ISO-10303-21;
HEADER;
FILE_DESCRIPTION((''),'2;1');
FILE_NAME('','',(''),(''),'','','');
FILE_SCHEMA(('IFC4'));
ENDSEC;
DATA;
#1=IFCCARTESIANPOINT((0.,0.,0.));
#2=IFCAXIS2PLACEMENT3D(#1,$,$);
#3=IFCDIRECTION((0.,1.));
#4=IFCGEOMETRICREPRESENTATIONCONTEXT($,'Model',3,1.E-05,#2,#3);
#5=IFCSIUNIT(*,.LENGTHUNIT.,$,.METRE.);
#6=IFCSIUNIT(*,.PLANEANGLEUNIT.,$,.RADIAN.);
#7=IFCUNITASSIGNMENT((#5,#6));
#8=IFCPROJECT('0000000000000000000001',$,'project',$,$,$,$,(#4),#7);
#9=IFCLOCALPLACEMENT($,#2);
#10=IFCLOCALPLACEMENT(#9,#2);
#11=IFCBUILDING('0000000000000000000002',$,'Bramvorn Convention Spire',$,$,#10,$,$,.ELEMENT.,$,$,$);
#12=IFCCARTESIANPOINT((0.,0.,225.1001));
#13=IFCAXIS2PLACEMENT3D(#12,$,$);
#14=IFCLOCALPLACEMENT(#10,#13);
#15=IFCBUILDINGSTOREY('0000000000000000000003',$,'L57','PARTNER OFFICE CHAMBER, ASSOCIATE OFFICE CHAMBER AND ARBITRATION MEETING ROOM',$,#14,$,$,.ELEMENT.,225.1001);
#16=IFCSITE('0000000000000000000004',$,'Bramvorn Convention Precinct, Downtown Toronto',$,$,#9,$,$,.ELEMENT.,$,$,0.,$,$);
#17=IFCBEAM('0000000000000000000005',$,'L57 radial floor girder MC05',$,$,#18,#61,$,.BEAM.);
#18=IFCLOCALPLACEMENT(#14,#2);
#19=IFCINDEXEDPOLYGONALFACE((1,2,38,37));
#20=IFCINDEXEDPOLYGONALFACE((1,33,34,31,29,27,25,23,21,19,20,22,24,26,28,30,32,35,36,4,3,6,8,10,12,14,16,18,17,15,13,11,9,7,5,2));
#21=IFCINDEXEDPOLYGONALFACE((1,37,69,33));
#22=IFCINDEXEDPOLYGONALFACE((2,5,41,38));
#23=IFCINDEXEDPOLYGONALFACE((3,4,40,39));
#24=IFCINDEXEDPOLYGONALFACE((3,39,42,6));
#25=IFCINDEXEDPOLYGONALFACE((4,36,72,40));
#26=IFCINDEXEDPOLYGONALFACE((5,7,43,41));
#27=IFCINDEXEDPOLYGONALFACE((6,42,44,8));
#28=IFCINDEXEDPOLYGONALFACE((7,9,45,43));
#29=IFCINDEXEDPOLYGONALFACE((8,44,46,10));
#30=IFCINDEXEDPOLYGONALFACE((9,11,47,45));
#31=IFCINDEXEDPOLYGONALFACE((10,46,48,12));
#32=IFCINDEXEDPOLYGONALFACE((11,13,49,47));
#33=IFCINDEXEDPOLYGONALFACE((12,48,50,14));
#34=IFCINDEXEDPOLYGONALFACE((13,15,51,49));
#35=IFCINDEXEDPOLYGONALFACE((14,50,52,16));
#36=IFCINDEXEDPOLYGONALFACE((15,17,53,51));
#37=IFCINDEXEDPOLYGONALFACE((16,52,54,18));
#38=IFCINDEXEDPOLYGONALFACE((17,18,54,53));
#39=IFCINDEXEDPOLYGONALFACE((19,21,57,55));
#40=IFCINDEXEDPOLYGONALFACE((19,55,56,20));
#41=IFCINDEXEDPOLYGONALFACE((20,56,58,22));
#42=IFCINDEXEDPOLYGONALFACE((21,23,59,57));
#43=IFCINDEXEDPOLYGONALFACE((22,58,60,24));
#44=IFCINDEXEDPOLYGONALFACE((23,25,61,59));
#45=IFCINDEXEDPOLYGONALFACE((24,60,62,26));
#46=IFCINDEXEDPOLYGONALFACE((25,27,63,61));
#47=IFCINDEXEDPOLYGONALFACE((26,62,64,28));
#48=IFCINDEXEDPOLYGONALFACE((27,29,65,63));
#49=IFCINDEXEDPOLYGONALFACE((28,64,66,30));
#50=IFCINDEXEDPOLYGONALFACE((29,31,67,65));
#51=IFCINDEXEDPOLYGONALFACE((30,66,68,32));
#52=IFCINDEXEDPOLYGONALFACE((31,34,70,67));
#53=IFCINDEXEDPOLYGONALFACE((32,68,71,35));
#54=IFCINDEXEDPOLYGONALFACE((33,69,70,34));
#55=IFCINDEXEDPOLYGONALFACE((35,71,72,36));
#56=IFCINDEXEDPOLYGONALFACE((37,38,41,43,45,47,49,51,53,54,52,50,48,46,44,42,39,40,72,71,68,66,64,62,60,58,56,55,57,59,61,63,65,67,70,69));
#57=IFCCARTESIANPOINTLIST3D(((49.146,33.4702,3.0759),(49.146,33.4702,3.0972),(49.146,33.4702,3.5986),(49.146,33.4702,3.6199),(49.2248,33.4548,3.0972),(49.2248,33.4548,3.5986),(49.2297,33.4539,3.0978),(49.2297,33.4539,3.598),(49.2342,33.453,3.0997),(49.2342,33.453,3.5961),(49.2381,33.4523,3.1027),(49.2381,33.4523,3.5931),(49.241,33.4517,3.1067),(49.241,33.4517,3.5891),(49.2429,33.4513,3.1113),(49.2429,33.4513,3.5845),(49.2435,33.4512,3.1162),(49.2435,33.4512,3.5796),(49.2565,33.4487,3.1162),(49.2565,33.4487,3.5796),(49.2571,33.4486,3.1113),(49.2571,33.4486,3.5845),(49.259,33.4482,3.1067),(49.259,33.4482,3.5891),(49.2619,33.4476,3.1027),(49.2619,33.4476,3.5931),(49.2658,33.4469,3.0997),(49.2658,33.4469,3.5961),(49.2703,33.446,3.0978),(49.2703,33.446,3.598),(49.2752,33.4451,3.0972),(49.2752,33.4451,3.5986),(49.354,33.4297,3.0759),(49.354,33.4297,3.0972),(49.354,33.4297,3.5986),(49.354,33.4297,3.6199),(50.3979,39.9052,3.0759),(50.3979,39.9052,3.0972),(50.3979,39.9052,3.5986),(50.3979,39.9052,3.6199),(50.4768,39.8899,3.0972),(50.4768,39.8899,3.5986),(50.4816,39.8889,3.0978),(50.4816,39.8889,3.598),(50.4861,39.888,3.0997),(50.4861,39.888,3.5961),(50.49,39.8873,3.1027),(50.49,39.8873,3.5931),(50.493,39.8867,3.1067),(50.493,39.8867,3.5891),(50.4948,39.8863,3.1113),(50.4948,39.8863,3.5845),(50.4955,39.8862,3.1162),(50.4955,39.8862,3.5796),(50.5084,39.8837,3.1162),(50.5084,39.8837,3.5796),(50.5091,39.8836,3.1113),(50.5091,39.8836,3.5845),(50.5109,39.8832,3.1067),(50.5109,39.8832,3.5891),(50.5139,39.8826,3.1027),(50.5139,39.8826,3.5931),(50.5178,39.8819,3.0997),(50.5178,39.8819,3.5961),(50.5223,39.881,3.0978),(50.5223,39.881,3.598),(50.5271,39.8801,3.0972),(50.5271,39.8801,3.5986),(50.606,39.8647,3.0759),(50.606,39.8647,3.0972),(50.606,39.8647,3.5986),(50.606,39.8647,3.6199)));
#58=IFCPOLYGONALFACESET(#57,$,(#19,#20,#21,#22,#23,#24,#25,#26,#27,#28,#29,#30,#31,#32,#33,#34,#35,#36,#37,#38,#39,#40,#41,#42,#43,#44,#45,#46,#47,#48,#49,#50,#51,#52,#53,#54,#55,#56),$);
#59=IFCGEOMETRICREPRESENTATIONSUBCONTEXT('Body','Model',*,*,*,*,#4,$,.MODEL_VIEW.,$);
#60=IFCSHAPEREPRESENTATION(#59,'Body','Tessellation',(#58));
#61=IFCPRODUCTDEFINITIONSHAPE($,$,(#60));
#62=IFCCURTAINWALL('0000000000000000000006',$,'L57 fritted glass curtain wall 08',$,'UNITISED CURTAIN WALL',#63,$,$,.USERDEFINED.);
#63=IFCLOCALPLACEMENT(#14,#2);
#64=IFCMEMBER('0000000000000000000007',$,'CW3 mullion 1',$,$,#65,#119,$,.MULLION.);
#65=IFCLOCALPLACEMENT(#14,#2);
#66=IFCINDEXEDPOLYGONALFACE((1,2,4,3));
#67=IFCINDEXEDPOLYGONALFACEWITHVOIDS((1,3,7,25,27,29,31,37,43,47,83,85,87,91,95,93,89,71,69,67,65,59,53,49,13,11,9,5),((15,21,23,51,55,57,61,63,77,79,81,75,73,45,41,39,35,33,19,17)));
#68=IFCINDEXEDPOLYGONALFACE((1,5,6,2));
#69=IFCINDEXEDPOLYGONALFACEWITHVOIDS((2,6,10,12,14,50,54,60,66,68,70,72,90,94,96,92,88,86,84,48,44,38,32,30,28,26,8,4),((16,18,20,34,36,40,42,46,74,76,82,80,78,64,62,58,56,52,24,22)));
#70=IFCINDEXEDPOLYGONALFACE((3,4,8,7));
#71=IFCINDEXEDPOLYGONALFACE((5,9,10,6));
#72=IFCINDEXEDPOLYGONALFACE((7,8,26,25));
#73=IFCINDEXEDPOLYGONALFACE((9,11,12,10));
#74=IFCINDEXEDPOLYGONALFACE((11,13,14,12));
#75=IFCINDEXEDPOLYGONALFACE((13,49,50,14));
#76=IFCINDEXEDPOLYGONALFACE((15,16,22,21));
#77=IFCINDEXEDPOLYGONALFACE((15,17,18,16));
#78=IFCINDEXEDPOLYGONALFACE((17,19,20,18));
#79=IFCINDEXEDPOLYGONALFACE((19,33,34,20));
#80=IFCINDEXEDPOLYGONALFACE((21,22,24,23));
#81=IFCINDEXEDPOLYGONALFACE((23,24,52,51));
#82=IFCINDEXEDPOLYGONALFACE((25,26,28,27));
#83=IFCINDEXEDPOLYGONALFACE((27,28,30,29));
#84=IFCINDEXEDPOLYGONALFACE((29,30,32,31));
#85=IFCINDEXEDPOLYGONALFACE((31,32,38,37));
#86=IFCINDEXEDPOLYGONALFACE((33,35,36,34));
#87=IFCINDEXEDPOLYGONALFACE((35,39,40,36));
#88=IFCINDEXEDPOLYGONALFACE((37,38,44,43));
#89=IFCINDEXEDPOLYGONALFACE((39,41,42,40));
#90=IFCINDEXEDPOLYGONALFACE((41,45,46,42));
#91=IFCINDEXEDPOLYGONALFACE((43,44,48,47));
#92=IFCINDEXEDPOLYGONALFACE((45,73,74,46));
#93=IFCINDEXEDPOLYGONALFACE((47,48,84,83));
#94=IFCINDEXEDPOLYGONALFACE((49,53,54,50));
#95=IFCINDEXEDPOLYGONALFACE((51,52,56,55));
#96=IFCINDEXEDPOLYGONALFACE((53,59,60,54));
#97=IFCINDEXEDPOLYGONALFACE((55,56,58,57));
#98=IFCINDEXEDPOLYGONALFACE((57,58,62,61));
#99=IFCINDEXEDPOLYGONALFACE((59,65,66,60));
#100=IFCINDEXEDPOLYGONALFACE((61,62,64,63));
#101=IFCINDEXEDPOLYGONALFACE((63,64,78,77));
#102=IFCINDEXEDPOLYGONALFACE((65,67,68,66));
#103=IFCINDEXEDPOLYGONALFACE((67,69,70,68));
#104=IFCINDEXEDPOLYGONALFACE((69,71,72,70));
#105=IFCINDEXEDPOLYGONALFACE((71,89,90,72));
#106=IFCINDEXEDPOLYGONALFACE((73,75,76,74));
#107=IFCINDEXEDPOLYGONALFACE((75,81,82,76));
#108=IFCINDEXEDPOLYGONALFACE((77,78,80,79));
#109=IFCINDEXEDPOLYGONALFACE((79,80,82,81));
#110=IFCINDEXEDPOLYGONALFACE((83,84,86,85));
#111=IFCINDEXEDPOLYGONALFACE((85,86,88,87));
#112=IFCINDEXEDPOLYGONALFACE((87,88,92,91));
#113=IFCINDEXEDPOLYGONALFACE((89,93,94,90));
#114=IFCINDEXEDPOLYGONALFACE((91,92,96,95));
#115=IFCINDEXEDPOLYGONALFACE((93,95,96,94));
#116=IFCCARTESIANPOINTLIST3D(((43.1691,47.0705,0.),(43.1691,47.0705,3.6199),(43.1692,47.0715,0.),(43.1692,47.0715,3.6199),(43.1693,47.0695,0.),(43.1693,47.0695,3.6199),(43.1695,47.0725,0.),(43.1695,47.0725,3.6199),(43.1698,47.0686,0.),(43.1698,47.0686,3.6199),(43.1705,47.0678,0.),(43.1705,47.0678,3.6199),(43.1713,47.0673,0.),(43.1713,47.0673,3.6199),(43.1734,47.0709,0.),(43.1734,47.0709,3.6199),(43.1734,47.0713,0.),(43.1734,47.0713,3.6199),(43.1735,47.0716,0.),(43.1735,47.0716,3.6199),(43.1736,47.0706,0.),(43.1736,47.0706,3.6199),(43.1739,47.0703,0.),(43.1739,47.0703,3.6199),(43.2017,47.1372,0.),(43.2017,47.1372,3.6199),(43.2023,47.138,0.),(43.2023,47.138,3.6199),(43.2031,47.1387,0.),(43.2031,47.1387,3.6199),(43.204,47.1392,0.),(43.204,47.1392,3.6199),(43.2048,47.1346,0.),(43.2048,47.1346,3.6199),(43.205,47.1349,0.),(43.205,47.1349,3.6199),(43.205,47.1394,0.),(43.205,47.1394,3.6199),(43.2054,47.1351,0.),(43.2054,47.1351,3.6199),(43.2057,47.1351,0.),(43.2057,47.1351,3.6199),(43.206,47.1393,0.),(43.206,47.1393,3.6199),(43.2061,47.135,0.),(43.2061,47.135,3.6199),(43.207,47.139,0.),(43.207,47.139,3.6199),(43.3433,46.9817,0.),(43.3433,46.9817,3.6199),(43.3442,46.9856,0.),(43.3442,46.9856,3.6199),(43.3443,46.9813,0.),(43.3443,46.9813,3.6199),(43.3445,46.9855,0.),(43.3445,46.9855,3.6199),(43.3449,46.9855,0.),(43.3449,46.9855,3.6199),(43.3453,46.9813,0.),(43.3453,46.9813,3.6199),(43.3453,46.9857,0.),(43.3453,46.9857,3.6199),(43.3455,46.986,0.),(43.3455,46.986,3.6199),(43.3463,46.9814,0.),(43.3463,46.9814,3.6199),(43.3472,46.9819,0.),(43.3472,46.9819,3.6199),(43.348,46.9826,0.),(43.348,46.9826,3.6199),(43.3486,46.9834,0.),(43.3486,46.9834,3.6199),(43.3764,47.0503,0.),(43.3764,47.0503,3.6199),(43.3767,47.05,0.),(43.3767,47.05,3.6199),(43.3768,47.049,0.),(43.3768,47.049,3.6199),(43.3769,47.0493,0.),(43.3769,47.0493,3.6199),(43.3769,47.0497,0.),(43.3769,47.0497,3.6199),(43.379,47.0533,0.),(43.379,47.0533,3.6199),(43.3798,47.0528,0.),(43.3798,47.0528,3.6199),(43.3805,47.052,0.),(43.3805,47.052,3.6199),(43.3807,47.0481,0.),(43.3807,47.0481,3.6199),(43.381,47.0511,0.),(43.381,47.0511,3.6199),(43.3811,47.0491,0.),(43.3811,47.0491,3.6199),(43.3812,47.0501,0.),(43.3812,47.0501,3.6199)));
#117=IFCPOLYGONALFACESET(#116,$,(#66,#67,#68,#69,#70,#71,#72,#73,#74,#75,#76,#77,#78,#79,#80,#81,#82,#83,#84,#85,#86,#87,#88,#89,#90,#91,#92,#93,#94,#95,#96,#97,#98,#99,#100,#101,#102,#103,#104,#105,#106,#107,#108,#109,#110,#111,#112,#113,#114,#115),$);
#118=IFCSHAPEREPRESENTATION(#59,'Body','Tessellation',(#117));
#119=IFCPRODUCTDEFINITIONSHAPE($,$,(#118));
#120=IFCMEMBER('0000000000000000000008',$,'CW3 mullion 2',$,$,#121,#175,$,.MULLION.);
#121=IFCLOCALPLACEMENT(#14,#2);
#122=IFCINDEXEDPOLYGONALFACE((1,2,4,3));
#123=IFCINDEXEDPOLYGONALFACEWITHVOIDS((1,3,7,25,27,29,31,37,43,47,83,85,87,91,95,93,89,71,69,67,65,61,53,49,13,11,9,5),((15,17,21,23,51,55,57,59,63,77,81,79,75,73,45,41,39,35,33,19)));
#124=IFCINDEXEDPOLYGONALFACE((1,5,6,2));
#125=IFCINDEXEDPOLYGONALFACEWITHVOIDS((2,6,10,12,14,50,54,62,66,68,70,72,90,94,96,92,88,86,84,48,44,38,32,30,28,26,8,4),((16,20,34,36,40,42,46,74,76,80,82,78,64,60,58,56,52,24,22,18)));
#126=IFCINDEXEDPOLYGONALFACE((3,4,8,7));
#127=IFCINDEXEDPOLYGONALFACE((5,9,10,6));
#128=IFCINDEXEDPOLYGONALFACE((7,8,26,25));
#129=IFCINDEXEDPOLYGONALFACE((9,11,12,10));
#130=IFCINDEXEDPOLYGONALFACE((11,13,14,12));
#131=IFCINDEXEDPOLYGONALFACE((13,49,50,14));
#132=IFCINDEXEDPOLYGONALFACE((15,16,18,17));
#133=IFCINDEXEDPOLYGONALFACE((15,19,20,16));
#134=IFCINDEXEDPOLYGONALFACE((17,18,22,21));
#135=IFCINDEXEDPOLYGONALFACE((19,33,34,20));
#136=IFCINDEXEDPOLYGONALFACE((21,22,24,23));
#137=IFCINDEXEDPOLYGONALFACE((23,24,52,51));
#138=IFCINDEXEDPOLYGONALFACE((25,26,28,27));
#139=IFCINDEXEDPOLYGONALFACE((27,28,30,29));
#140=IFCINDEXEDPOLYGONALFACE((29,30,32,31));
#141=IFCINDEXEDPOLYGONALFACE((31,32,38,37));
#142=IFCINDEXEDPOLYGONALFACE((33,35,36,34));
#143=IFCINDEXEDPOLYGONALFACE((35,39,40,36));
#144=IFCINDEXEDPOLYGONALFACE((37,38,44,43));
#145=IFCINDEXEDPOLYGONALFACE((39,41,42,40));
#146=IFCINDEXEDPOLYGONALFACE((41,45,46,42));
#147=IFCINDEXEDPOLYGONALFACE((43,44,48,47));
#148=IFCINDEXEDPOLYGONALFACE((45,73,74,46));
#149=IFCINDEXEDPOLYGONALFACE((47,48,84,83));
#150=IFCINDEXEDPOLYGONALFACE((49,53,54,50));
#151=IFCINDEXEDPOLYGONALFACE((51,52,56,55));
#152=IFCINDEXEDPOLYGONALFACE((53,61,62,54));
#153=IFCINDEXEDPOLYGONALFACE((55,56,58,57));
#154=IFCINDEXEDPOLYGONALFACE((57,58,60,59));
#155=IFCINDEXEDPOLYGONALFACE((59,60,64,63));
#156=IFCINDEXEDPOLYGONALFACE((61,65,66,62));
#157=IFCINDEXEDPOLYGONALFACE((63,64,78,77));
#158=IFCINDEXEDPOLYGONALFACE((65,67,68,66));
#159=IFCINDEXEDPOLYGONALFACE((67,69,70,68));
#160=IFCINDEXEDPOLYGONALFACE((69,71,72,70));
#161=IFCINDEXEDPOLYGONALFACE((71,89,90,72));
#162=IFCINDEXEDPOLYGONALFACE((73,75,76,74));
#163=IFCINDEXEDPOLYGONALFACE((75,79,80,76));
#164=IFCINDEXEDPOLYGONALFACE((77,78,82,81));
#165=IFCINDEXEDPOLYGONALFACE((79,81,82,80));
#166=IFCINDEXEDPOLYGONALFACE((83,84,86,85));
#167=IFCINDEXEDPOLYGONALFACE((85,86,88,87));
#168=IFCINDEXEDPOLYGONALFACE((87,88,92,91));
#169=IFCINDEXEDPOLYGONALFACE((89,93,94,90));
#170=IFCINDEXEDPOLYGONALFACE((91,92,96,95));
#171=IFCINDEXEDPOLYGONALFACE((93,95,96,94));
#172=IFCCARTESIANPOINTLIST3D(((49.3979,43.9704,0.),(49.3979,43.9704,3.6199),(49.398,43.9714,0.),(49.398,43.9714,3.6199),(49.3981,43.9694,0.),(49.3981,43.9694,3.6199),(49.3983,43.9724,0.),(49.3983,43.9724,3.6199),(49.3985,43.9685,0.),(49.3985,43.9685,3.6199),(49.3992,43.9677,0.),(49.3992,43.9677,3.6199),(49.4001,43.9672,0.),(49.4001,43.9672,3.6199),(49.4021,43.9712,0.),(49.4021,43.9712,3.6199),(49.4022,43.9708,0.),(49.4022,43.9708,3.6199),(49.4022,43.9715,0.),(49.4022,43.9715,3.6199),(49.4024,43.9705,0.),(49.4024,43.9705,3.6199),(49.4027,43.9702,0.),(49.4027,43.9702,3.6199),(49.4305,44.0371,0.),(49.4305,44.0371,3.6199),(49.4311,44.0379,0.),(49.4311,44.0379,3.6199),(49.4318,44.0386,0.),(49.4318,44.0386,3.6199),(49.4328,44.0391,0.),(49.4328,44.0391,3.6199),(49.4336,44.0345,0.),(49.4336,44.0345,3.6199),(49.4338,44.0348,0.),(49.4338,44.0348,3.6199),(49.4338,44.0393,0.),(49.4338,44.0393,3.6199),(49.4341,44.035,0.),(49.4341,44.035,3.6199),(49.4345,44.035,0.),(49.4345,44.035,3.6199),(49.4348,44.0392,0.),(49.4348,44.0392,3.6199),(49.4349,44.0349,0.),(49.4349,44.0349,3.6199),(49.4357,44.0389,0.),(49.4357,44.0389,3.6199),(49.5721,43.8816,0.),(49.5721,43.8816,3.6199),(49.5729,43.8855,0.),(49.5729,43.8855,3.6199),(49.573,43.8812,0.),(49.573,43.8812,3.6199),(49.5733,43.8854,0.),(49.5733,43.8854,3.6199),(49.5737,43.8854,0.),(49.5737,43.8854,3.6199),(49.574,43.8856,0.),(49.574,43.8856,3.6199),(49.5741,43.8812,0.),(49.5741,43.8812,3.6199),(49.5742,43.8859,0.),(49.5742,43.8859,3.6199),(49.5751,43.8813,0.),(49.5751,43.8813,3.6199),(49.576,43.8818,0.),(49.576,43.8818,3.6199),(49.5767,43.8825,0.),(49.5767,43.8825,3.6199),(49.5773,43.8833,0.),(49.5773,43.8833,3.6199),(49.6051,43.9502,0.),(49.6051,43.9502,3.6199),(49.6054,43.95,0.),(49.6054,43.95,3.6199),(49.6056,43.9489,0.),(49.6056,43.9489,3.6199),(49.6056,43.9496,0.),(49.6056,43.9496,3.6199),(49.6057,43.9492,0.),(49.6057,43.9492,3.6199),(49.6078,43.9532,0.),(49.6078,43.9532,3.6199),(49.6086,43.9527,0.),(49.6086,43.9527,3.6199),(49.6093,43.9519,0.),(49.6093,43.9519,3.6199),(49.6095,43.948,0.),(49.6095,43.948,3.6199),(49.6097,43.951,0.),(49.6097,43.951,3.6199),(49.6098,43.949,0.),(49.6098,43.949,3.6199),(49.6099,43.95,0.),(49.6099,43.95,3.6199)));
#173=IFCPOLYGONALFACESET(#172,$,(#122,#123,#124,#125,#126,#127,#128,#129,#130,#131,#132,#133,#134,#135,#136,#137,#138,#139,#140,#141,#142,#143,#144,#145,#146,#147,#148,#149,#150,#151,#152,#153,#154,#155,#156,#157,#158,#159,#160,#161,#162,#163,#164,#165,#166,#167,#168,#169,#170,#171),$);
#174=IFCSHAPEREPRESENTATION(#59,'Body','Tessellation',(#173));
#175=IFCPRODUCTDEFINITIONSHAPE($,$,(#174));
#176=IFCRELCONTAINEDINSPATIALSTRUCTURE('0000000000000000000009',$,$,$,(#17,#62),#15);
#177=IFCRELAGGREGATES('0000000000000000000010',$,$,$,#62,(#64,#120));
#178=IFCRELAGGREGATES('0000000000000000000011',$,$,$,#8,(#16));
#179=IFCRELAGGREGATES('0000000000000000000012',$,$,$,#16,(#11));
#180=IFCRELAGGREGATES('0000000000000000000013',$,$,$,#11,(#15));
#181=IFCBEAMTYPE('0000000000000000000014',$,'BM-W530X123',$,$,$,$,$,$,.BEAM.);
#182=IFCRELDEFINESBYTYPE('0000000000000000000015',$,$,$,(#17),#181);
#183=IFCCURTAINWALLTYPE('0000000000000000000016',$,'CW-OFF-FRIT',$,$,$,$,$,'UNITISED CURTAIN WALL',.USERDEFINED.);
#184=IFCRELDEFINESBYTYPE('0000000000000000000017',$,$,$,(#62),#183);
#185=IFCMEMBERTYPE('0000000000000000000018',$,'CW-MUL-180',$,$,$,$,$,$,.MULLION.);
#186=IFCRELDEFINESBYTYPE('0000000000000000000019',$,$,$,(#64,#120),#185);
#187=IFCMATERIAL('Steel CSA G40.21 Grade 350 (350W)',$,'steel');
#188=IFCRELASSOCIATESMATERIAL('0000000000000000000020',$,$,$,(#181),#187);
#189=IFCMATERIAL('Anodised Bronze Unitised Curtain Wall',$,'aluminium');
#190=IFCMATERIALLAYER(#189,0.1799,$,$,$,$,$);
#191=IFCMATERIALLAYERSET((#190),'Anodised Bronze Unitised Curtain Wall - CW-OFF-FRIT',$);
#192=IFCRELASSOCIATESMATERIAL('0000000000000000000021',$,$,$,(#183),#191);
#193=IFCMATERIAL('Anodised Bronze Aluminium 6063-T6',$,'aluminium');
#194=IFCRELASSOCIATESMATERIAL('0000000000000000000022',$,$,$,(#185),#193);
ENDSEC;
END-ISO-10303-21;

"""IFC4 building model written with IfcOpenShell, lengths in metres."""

from ifc_helpers import new_model, si_unit, direction, frame, origin, origin_2d, place, context, subcontext, project, spatial, hollow_rectangle, i_section, extrude, material, layer, layer_set, material_profile, profile_set, type_object, element, aggregate, save


model = new_model("IFC4")

# Units and contexts
model_context = context("Model", 3, precision=1e-05, world=origin(), true_north=direction((0.0, 1.0)))
body_context = subcontext(model_context, "Body", "Model", "MODEL_VIEW")
ifc_project = project(units=[si_unit("LENGTHUNIT", "METRE"), si_unit("PLANEANGLEUNIT", "RADIAN")], contexts=[model_context])

# Site, building, storey
site_placement = place(None, origin())
site = spatial("IfcSite", under=ifc_project, at=site_placement, Name="Bramvorn Convention Precinct, Downtown Toronto", CompositionType="ELEMENT", RefElevation=0.0)
building_placement = place(site_placement, origin())
building = spatial("IfcBuilding", under=site, at=building_placement, Name="Bramvorn Convention Spire", CompositionType="ELEMENT")
storey_placement = place(building_placement, frame((0.0, 0.0, 225.1001)))
storey = spatial("IfcBuildingStorey", under=building, at=storey_placement, Name="L57", Description="PARTNER OFFICE CHAMBER, ASSOCIATE OFFICE CHAMBER AND ARBITRATION MEETING ROOM", CompositionType="ELEMENT", Elevation=225.1001)

# Shared definitions
ifc_material_1 = material(Name="Steel CSA G40.21 Grade 350 (350W)", Category="steel")

# Beam
ifc_material_profile_1 = material_profile(ifc_material_1, i_section(OverallWidth=0.2119, OverallDepth=0.5439, WebThickness=0.0132, FlangeThickness=0.0212, FilletRadius=0.019, at=origin_2d()))
ifc_profile_set_1 = profile_set([ifc_material_profile_1], Name="Steel CSA G40.21 Grade 350 (350W) - W530X123")
beam_type_1 = type_object("IfcBeamType", Name="BM-W530X123", PredefinedType="BEAM", material=ifc_profile_set_1)
beam_1_placement = place(storey_placement, frame((49.25, 33.45, 3.3479), z_axis=(0.190971, 0.981596, 0.0), x_axis=(-0.981596, 0.190971, 0.0)))
element("IfcBeam", 1, at=beam_1_placement, inside=storey, type_object=beam_type_1, Name="L57 radial floor girder MC05", PredefinedType="BEAM", context=body_context, shape_type="SweptSolid", body=[
    extrude(i_section(OverallWidth=0.2119, OverallDepth=0.5439, WebThickness=0.0132, FlangeThickness=0.0212, FilletRadius=0.019, at=origin_2d()), origin(), (0.0, 0.0, 1.0), 6.5557),
])

# Curtain wall, members
ifc_material_2 = material(Name="Anodised Bronze Unitised Curtain Wall", Category="aluminium")
ifc_layer_1 = layer(ifc_material_2, 0.1799)
ifc_layer_set_1 = layer_set([ifc_layer_1], Name="Anodised Bronze Unitised Curtain Wall - CW-OFF-FRIT")
curtain_wall_type = type_object("IfcCurtainWallType", Name="CW-OFF-FRIT", ElementType="UNITISED CURTAIN WALL", PredefinedType="USERDEFINED", material=ifc_layer_set_1)
curtain_wall_1_placement = place(storey_placement, origin())
curtain_wall_1 = element("IfcCurtainWall", 2, at=curtain_wall_1_placement, inside=storey, type_object=curtain_wall_type, Name="L57 fritted glass curtain wall 08", ObjectType="UNITISED CURTAIN WALL", PredefinedType="USERDEFINED")
ifc_material_3 = material(Name="Anodised Bronze Aluminium 6063-T6", Category="aluminium")
ifc_material_profile_2 = material_profile(ifc_material_3, hollow_rectangle(XDim=0.0801, YDim=0.2, WallThickness=0.0039, InnerFilletRadius=0.001, OuterFilletRadius=0.0039, at=origin_2d()))
ifc_profile_set_2 = profile_set([ifc_material_profile_2], Name="Anodised Bronze Aluminium 6063-T6 - CWM80X200")
member_type_1 = type_object("IfcMemberType", Name="CW-MUL-180", PredefinedType="MULLION", material=ifc_profile_set_2)
member_1_placement = place(storey_placement, frame((43.2751, 47.0603, 0.0), z_axis=(0.0, 0.0, 1.0), x_axis=(0.44556, 0.895252, 0.0)))
member_1 = element("IfcMember", 3, at=member_1_placement, type_object=member_type_1, Name="CW3 mullion 1", PredefinedType="MULLION", context=body_context, shape_type="SweptSolid", body=[
    extrude(hollow_rectangle(XDim=0.0801, YDim=0.2, WallThickness=0.0039, InnerFilletRadius=0.001, OuterFilletRadius=0.0039, at=origin_2d()), origin(), (0.0, 0.0, 1.0), 3.6199),
])
member_2_placement = place(storey_placement, frame((49.5039, 43.9602, 0.0), z_axis=(0.0, 0.0, 1.0), x_axis=(0.44556, 0.895252, 0.0)))
member_2 = element("IfcMember", 4, at=member_2_placement, type_object=member_type_1, Name="CW3 mullion 2", PredefinedType="MULLION", context=body_context, shape_type="SweptSolid", body=[
    extrude(hollow_rectangle(XDim=0.0801, YDim=0.2, WallThickness=0.0039, InnerFilletRadius=0.001, OuterFilletRadius=0.0039, at=origin_2d()), origin(), (0.0, 0.0, 1.0), 3.6199),
])

aggregate(curtain_wall_1, [member_1, member_2])

save(model, "model.ifc")
